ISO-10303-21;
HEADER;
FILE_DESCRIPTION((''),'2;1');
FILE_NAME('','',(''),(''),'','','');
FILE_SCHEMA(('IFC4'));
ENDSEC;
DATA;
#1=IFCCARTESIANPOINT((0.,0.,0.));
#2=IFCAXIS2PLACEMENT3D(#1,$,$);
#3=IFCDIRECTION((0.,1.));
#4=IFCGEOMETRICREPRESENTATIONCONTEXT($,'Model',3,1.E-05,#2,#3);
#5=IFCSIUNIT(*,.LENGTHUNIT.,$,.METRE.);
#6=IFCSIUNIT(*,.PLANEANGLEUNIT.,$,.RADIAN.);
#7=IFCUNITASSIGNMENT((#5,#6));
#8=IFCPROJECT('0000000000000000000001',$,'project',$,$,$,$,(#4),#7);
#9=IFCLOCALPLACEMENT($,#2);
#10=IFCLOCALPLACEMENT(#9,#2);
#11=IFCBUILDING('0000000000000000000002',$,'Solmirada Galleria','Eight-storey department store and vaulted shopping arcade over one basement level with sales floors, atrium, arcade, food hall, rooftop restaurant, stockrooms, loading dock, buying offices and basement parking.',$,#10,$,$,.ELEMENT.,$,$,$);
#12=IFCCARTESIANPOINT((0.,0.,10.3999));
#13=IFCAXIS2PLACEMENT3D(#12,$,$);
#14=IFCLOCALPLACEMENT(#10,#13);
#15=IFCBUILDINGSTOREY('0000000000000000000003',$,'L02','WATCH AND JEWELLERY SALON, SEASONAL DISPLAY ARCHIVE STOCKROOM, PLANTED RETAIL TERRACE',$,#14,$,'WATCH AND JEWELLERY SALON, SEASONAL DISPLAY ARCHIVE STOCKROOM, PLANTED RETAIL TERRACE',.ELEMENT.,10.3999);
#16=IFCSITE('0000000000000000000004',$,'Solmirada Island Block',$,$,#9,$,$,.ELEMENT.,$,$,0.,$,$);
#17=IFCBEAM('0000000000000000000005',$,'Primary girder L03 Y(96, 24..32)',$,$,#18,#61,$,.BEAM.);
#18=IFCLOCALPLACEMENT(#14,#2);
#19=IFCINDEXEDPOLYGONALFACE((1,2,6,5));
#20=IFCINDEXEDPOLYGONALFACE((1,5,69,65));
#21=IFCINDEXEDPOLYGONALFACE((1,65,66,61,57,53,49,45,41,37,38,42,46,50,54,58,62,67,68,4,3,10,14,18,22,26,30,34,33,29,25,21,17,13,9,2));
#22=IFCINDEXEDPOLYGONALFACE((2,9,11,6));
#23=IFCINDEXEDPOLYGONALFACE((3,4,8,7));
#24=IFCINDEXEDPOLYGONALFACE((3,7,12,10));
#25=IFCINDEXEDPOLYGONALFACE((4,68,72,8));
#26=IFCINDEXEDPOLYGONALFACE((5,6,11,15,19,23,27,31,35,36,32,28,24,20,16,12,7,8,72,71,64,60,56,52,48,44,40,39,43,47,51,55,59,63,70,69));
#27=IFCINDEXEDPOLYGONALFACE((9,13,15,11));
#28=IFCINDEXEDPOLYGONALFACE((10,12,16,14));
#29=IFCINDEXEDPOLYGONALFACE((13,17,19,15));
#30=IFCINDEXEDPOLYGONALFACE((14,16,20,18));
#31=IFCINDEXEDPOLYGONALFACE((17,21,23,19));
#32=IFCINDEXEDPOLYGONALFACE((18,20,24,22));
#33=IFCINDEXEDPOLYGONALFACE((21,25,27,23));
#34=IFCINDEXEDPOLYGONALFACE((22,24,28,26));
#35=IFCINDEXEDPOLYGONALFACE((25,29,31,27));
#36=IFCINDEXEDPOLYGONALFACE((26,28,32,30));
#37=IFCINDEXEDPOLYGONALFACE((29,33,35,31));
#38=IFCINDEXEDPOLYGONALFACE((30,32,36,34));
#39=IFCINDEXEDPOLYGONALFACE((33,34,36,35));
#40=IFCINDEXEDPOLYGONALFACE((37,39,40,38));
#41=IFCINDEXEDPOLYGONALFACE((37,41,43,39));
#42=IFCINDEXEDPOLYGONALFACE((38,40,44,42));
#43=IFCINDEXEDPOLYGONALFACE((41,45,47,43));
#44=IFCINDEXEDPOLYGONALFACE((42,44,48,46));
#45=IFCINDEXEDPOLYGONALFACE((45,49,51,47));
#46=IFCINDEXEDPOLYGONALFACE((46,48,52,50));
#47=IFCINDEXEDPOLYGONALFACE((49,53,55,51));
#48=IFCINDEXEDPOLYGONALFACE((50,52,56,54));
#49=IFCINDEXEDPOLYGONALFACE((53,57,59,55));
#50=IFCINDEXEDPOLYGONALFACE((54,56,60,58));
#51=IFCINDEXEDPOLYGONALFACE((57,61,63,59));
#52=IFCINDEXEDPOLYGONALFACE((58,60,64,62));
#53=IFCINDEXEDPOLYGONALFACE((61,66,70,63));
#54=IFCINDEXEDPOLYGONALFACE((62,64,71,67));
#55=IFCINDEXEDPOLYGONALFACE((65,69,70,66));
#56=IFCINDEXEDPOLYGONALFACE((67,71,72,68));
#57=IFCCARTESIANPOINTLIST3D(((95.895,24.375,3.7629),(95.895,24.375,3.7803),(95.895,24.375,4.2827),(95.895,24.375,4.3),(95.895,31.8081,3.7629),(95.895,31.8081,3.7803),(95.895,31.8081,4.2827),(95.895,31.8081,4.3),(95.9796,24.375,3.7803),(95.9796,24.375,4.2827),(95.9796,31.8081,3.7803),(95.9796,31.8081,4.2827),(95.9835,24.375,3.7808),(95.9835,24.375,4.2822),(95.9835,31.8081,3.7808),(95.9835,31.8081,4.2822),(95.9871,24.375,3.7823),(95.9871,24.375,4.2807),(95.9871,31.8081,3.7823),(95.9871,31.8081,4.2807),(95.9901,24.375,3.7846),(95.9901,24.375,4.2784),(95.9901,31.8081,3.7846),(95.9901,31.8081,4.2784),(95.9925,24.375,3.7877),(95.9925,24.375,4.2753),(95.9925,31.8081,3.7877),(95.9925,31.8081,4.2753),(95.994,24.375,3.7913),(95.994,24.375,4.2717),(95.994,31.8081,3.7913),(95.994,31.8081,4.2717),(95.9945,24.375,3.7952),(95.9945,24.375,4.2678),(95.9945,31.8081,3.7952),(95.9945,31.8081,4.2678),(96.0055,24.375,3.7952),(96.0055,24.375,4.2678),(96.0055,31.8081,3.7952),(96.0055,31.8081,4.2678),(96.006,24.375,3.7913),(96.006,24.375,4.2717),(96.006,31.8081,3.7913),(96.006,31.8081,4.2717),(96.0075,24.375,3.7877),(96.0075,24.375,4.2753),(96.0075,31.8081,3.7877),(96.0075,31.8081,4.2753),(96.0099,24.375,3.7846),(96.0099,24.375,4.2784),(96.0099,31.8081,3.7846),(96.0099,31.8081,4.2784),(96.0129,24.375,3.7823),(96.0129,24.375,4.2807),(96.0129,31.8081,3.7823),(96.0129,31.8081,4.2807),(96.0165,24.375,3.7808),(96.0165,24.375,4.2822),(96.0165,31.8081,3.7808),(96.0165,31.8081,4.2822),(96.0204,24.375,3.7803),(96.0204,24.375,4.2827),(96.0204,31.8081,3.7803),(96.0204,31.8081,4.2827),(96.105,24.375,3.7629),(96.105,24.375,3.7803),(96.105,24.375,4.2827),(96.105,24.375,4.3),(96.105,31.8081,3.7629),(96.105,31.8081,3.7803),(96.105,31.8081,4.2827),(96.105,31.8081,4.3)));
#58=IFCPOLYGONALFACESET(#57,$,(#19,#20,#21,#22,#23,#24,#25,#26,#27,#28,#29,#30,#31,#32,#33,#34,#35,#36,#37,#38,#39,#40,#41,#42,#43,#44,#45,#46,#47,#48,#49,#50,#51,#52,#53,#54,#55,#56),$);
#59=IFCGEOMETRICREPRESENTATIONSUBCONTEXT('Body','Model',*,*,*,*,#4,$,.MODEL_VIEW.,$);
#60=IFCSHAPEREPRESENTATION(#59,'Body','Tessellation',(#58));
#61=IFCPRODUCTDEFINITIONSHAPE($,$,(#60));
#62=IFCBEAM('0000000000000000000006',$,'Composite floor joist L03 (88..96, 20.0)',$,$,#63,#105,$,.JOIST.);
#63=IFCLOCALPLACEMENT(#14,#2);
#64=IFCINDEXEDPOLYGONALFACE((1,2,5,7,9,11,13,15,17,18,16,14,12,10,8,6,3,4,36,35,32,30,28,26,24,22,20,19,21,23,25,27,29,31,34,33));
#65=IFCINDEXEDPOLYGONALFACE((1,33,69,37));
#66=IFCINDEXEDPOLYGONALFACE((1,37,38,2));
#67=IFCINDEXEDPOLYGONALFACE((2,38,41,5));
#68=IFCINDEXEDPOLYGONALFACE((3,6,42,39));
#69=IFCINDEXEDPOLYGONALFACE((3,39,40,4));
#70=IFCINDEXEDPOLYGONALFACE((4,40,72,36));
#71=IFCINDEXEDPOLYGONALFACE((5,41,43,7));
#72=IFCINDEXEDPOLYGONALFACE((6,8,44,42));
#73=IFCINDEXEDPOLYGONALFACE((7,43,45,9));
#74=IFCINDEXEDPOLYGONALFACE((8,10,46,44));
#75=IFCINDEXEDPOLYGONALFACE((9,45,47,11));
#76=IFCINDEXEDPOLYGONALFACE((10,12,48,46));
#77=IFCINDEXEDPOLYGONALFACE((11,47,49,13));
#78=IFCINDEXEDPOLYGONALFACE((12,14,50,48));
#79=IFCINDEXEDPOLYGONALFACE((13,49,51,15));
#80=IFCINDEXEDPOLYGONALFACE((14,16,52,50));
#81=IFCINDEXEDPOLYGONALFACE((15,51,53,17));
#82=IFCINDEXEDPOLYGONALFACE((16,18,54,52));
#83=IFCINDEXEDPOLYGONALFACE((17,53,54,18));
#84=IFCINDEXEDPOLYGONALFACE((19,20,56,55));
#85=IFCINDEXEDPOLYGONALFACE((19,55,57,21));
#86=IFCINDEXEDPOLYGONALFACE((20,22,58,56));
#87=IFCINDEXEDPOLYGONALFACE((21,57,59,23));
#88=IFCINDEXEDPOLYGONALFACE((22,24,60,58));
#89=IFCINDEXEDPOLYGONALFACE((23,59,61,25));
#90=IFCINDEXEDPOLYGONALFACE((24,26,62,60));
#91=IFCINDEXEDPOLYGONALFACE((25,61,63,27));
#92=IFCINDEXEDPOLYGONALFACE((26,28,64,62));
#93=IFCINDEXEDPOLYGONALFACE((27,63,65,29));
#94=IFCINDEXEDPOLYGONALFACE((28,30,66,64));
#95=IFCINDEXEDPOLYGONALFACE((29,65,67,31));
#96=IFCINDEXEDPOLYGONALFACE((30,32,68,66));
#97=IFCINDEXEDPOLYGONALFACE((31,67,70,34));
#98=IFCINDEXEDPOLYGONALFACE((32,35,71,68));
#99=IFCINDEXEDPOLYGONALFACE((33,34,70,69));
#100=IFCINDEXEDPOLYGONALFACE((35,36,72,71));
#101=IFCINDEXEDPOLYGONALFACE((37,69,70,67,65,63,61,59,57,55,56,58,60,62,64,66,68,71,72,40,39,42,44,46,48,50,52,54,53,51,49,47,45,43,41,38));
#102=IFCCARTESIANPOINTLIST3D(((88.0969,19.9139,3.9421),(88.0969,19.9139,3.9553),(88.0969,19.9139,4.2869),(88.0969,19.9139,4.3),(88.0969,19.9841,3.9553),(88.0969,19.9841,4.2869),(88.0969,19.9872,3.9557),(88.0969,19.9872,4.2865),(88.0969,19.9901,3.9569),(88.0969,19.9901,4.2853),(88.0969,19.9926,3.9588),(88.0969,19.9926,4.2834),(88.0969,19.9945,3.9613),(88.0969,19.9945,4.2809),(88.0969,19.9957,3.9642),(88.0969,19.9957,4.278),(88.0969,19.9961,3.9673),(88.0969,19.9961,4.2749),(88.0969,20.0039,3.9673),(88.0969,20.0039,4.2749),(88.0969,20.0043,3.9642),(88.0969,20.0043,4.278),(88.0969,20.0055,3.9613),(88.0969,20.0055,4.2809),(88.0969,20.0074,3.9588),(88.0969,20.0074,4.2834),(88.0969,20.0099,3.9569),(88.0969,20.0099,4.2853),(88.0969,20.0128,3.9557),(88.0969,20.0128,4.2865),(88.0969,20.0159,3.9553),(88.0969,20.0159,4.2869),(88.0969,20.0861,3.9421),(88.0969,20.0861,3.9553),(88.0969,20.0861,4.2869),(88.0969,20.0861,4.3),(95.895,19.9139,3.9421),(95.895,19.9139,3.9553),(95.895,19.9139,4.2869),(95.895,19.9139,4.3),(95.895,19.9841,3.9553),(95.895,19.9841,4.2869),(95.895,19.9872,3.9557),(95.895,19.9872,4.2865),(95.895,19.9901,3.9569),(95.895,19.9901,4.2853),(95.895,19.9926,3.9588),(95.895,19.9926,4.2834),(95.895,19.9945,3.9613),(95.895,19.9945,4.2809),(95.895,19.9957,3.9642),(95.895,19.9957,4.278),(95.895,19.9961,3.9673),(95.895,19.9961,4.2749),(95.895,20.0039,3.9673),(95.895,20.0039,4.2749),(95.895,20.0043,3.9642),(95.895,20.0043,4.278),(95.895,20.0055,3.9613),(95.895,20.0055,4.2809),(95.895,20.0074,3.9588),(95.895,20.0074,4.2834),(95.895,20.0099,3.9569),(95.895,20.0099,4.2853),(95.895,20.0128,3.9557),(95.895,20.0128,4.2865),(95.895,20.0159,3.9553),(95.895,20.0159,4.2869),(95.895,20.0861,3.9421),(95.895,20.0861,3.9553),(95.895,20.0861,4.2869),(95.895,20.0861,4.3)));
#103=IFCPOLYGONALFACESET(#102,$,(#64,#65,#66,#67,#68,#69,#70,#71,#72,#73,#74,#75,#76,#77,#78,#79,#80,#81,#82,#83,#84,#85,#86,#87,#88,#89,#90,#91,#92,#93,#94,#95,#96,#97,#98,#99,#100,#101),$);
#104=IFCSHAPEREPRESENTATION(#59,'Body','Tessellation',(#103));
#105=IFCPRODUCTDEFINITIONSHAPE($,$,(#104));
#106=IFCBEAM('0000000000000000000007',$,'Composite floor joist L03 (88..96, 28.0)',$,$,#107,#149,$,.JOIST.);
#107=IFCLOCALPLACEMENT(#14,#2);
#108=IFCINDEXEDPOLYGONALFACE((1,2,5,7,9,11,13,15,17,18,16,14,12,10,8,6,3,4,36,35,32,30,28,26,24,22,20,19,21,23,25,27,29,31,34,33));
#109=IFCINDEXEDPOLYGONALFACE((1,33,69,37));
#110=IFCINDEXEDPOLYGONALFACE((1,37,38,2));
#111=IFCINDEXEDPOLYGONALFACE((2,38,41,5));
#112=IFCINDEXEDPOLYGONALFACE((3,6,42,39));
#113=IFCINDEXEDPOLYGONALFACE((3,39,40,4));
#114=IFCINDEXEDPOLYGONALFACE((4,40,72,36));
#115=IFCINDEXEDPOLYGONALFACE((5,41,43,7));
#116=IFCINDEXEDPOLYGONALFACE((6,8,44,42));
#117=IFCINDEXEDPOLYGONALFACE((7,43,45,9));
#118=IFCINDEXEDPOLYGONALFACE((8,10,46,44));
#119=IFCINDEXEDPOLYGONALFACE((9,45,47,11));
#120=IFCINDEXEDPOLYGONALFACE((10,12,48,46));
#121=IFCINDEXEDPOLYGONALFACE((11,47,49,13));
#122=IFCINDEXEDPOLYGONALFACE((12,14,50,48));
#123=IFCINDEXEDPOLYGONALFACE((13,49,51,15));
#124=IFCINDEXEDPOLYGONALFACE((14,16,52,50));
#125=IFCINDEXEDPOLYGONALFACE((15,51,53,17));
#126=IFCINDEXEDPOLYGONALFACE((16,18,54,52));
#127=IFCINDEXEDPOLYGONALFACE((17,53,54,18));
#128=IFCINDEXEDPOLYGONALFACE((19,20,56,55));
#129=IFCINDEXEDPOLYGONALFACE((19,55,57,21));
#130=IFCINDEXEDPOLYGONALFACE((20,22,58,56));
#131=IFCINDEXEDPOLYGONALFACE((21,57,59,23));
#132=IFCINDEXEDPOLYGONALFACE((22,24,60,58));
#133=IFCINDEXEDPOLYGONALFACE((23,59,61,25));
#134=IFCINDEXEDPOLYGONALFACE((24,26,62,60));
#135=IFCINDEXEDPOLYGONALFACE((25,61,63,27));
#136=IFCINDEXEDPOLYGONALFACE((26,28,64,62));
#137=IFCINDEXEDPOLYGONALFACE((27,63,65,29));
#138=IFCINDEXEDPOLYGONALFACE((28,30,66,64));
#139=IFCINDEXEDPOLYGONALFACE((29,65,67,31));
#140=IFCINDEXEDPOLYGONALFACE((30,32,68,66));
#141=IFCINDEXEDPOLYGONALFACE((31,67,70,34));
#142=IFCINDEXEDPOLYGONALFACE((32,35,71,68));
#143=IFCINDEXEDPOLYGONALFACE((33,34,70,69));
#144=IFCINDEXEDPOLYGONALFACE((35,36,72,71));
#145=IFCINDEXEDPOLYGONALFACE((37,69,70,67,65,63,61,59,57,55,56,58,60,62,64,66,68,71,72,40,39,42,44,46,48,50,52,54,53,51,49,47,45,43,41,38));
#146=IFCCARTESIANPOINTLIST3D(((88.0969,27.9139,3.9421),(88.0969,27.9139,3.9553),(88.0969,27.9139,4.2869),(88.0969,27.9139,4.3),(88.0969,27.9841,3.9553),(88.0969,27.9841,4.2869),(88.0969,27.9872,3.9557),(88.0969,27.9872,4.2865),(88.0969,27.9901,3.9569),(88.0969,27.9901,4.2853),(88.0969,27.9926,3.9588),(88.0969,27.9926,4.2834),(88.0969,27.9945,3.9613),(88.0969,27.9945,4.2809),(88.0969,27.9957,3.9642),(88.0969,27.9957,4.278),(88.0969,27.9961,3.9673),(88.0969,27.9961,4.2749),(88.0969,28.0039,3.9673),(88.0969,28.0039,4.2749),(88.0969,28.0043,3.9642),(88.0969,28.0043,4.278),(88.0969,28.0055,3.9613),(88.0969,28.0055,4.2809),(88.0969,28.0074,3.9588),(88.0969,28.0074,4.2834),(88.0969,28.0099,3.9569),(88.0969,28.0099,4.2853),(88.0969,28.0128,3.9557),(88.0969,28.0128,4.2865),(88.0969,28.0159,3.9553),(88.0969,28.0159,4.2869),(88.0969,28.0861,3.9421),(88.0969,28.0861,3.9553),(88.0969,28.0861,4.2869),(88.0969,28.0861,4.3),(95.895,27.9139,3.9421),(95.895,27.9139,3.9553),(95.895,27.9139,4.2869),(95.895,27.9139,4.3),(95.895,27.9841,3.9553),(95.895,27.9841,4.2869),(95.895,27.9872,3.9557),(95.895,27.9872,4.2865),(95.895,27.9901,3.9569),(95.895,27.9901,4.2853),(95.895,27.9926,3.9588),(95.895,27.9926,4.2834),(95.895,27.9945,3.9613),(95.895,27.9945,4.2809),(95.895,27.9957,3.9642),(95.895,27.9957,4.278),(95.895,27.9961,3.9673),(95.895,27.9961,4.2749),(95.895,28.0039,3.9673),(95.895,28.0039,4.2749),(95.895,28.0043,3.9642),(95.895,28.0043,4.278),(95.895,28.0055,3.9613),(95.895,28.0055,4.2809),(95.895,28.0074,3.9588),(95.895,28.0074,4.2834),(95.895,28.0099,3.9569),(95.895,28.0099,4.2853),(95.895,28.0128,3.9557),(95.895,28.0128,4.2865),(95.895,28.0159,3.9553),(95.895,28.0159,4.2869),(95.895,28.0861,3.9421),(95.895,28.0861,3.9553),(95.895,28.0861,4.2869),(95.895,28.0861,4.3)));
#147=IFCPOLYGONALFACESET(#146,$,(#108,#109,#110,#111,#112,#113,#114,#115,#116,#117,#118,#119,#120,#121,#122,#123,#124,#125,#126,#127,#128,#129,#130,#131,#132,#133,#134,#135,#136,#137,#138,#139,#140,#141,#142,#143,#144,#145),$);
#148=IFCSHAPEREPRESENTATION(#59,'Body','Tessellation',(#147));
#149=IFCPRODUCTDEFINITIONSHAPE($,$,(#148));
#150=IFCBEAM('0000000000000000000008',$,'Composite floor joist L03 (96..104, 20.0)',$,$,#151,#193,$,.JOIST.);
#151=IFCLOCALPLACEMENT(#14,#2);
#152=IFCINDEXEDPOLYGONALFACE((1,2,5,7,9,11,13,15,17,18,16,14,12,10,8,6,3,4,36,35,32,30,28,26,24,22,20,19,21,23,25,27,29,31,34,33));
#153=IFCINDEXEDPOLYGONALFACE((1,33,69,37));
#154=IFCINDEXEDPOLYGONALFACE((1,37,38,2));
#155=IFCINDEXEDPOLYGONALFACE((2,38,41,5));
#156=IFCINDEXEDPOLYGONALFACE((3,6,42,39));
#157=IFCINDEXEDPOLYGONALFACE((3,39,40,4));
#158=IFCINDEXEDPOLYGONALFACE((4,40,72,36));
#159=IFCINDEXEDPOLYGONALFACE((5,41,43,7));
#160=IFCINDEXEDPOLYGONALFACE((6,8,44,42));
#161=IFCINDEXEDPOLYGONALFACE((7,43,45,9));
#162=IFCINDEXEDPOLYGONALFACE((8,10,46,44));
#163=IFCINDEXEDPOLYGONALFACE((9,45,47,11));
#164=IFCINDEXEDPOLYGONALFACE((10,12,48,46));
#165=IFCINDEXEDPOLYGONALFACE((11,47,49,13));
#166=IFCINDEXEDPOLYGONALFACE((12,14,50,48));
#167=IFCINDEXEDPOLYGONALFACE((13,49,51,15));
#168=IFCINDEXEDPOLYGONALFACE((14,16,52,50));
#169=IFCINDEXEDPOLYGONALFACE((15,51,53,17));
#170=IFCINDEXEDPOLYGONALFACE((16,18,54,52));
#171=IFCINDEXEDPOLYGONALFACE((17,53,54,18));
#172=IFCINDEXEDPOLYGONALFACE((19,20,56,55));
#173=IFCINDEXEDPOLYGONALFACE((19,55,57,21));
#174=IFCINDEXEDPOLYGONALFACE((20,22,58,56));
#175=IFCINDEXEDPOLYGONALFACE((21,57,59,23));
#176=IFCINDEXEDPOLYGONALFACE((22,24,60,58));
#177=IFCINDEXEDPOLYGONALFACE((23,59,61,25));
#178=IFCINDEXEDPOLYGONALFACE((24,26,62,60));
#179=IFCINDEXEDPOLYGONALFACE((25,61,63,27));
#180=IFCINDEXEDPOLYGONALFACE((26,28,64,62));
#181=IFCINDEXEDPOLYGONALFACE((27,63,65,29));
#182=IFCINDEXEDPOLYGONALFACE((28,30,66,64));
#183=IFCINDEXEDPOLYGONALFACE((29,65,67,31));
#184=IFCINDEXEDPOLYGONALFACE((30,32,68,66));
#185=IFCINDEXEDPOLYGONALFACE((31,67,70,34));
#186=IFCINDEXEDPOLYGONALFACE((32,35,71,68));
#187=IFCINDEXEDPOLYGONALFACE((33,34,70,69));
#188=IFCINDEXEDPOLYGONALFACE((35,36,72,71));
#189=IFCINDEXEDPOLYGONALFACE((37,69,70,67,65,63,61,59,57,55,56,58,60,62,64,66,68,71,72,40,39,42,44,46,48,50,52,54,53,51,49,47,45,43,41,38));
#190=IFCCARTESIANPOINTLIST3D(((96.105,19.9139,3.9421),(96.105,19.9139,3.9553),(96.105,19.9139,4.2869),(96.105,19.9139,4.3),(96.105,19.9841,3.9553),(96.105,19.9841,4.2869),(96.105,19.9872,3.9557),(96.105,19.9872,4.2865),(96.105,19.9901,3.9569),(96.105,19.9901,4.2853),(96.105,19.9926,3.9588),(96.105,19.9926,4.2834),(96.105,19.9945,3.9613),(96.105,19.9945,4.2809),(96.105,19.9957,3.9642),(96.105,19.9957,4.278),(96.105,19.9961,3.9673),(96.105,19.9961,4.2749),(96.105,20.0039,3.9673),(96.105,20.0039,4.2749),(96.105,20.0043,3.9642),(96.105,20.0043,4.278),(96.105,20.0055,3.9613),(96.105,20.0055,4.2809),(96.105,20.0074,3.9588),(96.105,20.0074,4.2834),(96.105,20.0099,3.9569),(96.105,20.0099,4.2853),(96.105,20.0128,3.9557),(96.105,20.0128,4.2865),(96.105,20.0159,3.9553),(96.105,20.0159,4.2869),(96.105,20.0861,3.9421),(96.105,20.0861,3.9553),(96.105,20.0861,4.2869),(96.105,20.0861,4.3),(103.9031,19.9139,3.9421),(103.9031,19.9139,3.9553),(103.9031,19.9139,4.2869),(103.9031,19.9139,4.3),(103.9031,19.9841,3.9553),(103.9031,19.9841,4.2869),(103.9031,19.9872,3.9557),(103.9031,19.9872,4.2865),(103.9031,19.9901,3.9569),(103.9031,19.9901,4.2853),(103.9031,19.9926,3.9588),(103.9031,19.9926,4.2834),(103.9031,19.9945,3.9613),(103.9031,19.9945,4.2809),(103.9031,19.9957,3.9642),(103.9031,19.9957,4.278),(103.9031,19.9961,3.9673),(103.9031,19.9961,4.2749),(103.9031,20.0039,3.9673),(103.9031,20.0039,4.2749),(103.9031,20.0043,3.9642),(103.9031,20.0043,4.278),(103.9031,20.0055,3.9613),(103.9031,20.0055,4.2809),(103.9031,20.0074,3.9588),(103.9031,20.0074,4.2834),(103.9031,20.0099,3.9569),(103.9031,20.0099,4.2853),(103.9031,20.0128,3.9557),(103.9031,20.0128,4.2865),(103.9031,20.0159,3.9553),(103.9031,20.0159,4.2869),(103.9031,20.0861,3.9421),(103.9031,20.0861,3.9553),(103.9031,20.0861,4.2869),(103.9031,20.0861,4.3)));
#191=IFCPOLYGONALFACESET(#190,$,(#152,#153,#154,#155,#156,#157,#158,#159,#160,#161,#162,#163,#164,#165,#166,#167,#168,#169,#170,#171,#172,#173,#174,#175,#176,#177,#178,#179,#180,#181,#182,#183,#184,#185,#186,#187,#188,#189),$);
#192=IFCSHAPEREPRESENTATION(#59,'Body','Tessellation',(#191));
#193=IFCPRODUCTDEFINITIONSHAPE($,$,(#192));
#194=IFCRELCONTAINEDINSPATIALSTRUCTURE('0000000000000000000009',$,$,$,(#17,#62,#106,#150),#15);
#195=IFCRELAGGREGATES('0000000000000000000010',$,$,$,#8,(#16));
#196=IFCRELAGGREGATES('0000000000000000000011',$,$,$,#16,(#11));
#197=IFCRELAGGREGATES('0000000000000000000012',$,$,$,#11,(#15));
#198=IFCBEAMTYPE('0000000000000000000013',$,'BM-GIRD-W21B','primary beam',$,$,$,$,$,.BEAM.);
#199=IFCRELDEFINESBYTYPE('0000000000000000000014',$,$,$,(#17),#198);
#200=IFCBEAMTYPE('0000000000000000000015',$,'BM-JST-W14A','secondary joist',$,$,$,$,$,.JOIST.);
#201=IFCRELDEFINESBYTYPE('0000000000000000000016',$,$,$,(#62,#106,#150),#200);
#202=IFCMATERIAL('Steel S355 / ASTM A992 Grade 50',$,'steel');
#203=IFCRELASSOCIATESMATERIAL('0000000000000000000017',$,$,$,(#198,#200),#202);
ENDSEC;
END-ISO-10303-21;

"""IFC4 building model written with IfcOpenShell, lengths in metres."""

from ifc_helpers import new_model, si_unit, direction, frame, origin, origin_2d, place, context, subcontext, project, spatial, i_section, extrude, material, material_profile, profile_set, type_object, element, save


model = new_model("IFC4")

# Units and contexts
model_context = context("Model", 3, precision=1e-05, world=origin(), true_north=direction((0.0, 1.0)))
body_context = subcontext(model_context, "Body", "Model", "MODEL_VIEW")
ifc_project = project(units=[si_unit("LENGTHUNIT", "METRE"), si_unit("PLANEANGLEUNIT", "RADIAN")], contexts=[model_context])

# Site, building, storey
site_placement = place(None, origin())
site = spatial("IfcSite", under=ifc_project, at=site_placement, Name="Solmirada Island Block", CompositionType="ELEMENT", RefElevation=0.0)
building_placement = place(site_placement, origin())
building = spatial("IfcBuilding", under=site, at=building_placement, Name="Solmirada Galleria", Description="Eight-storey department store and vaulted shopping arcade over one basement level with sales floors, atrium, arcade, food hall, rooftop restaurant, stockrooms, loading dock, buying offices and basement parking.", CompositionType="ELEMENT")
storey_placement = place(building_placement, frame((0.0, 0.0, 10.3999)))
storey = spatial("IfcBuildingStorey", under=building, at=storey_placement, Name="L02", Description="WATCH AND JEWELLERY SALON, SEASONAL DISPLAY ARCHIVE STOCKROOM, PLANTED RETAIL TERRACE", LongName="WATCH AND JEWELLERY SALON, SEASONAL DISPLAY ARCHIVE STOCKROOM, PLANTED RETAIL TERRACE", CompositionType="ELEMENT", Elevation=10.3999)

# Beams
ifc_material_1 = material(Name="Steel S355 / ASTM A992 Grade 50", Category="steel")
ifc_material_profile_1 = material_profile(ifc_material_1, i_section(OverallWidth=0.21, OverallDepth=0.5371, WebThickness=0.011, FlangeThickness=0.0173, FilletRadius=0.0149, at=origin_2d()), Name="W21X68")
ifc_profile_set_1 = profile_set([ifc_material_profile_1], Name="Steel S355 / ASTM A992 Grade 50")
beam_type_1 = type_object("IfcBeamType", Name="BM-GIRD-W21B", Description="primary beam", PredefinedType="BEAM", material=ifc_profile_set_1)
beam_1_placement = place(storey_placement, frame((96.0, 24.375, 4.0315), z_axis=(0.0, 1.0, 0.0), x_axis=(-1.0, 0.0, 0.0)))
element("IfcBeam", 1, at=beam_1_placement, inside=storey, type_object=beam_type_1, Name="Primary girder L03 Y(96, 24..32)", PredefinedType="BEAM", context=body_context, shape_type="SweptSolid", body=[
    extrude(i_section(OverallWidth=0.21, OverallDepth=0.5371, WebThickness=0.011, FlangeThickness=0.0173, FilletRadius=0.0149, at=origin_2d()), origin(), (0.0, 0.0, 1.0), 7.4331),
])
ifc_material_profile_2 = material_profile(ifc_material_1, i_section(OverallWidth=0.1721, OverallDepth=0.3579, WebThickness=0.0078, FlangeThickness=0.0132, FilletRadius=0.012, at=origin_2d()), Name="W14X38")
ifc_profile_set_2 = profile_set([ifc_material_profile_2], Name="Steel S355 / ASTM A992 Grade 50")
beam_type_2 = type_object("IfcBeamType", Name="BM-JST-W14A", Description="secondary joist", PredefinedType="JOIST", material=ifc_profile_set_2)
for number, where, z_axis, x_axis, name in (
    (2, (88.0969, 20.0, 4.1211), (1.0, 0.0, 0.0), (0.0, 1.0, 0.0), "Composite floor joist L03 (88..96, 20.0)"),
    (3, (88.0969, 28.0, 4.1211), (1.0, 0.0, 0.0), (0.0, 1.0, 0.0), "Composite floor joist L03 (88..96, 28.0)"),
    (4, (96.105, 20.0, 4.1211), (1.0, 0.0, 0.0), (0.0, 1.0, 0.0), "Composite floor joist L03 (96..104, 20.0)"),
):
    element("IfcBeam", number, at=place(storey_placement, frame(where, z_axis=z_axis, x_axis=x_axis)), inside=storey, type_object=beam_type_2, Name=name, PredefinedType="JOIST", context=body_context, shape_type="SweptSolid", body=[
        extrude(i_section(OverallWidth=0.1721, OverallDepth=0.3579, WebThickness=0.0078, FlangeThickness=0.0132, FilletRadius=0.012, at=origin_2d()), origin(), (0.0, 0.0, 1.0), 7.7981),
    ])

save(model, "model.ifc")
